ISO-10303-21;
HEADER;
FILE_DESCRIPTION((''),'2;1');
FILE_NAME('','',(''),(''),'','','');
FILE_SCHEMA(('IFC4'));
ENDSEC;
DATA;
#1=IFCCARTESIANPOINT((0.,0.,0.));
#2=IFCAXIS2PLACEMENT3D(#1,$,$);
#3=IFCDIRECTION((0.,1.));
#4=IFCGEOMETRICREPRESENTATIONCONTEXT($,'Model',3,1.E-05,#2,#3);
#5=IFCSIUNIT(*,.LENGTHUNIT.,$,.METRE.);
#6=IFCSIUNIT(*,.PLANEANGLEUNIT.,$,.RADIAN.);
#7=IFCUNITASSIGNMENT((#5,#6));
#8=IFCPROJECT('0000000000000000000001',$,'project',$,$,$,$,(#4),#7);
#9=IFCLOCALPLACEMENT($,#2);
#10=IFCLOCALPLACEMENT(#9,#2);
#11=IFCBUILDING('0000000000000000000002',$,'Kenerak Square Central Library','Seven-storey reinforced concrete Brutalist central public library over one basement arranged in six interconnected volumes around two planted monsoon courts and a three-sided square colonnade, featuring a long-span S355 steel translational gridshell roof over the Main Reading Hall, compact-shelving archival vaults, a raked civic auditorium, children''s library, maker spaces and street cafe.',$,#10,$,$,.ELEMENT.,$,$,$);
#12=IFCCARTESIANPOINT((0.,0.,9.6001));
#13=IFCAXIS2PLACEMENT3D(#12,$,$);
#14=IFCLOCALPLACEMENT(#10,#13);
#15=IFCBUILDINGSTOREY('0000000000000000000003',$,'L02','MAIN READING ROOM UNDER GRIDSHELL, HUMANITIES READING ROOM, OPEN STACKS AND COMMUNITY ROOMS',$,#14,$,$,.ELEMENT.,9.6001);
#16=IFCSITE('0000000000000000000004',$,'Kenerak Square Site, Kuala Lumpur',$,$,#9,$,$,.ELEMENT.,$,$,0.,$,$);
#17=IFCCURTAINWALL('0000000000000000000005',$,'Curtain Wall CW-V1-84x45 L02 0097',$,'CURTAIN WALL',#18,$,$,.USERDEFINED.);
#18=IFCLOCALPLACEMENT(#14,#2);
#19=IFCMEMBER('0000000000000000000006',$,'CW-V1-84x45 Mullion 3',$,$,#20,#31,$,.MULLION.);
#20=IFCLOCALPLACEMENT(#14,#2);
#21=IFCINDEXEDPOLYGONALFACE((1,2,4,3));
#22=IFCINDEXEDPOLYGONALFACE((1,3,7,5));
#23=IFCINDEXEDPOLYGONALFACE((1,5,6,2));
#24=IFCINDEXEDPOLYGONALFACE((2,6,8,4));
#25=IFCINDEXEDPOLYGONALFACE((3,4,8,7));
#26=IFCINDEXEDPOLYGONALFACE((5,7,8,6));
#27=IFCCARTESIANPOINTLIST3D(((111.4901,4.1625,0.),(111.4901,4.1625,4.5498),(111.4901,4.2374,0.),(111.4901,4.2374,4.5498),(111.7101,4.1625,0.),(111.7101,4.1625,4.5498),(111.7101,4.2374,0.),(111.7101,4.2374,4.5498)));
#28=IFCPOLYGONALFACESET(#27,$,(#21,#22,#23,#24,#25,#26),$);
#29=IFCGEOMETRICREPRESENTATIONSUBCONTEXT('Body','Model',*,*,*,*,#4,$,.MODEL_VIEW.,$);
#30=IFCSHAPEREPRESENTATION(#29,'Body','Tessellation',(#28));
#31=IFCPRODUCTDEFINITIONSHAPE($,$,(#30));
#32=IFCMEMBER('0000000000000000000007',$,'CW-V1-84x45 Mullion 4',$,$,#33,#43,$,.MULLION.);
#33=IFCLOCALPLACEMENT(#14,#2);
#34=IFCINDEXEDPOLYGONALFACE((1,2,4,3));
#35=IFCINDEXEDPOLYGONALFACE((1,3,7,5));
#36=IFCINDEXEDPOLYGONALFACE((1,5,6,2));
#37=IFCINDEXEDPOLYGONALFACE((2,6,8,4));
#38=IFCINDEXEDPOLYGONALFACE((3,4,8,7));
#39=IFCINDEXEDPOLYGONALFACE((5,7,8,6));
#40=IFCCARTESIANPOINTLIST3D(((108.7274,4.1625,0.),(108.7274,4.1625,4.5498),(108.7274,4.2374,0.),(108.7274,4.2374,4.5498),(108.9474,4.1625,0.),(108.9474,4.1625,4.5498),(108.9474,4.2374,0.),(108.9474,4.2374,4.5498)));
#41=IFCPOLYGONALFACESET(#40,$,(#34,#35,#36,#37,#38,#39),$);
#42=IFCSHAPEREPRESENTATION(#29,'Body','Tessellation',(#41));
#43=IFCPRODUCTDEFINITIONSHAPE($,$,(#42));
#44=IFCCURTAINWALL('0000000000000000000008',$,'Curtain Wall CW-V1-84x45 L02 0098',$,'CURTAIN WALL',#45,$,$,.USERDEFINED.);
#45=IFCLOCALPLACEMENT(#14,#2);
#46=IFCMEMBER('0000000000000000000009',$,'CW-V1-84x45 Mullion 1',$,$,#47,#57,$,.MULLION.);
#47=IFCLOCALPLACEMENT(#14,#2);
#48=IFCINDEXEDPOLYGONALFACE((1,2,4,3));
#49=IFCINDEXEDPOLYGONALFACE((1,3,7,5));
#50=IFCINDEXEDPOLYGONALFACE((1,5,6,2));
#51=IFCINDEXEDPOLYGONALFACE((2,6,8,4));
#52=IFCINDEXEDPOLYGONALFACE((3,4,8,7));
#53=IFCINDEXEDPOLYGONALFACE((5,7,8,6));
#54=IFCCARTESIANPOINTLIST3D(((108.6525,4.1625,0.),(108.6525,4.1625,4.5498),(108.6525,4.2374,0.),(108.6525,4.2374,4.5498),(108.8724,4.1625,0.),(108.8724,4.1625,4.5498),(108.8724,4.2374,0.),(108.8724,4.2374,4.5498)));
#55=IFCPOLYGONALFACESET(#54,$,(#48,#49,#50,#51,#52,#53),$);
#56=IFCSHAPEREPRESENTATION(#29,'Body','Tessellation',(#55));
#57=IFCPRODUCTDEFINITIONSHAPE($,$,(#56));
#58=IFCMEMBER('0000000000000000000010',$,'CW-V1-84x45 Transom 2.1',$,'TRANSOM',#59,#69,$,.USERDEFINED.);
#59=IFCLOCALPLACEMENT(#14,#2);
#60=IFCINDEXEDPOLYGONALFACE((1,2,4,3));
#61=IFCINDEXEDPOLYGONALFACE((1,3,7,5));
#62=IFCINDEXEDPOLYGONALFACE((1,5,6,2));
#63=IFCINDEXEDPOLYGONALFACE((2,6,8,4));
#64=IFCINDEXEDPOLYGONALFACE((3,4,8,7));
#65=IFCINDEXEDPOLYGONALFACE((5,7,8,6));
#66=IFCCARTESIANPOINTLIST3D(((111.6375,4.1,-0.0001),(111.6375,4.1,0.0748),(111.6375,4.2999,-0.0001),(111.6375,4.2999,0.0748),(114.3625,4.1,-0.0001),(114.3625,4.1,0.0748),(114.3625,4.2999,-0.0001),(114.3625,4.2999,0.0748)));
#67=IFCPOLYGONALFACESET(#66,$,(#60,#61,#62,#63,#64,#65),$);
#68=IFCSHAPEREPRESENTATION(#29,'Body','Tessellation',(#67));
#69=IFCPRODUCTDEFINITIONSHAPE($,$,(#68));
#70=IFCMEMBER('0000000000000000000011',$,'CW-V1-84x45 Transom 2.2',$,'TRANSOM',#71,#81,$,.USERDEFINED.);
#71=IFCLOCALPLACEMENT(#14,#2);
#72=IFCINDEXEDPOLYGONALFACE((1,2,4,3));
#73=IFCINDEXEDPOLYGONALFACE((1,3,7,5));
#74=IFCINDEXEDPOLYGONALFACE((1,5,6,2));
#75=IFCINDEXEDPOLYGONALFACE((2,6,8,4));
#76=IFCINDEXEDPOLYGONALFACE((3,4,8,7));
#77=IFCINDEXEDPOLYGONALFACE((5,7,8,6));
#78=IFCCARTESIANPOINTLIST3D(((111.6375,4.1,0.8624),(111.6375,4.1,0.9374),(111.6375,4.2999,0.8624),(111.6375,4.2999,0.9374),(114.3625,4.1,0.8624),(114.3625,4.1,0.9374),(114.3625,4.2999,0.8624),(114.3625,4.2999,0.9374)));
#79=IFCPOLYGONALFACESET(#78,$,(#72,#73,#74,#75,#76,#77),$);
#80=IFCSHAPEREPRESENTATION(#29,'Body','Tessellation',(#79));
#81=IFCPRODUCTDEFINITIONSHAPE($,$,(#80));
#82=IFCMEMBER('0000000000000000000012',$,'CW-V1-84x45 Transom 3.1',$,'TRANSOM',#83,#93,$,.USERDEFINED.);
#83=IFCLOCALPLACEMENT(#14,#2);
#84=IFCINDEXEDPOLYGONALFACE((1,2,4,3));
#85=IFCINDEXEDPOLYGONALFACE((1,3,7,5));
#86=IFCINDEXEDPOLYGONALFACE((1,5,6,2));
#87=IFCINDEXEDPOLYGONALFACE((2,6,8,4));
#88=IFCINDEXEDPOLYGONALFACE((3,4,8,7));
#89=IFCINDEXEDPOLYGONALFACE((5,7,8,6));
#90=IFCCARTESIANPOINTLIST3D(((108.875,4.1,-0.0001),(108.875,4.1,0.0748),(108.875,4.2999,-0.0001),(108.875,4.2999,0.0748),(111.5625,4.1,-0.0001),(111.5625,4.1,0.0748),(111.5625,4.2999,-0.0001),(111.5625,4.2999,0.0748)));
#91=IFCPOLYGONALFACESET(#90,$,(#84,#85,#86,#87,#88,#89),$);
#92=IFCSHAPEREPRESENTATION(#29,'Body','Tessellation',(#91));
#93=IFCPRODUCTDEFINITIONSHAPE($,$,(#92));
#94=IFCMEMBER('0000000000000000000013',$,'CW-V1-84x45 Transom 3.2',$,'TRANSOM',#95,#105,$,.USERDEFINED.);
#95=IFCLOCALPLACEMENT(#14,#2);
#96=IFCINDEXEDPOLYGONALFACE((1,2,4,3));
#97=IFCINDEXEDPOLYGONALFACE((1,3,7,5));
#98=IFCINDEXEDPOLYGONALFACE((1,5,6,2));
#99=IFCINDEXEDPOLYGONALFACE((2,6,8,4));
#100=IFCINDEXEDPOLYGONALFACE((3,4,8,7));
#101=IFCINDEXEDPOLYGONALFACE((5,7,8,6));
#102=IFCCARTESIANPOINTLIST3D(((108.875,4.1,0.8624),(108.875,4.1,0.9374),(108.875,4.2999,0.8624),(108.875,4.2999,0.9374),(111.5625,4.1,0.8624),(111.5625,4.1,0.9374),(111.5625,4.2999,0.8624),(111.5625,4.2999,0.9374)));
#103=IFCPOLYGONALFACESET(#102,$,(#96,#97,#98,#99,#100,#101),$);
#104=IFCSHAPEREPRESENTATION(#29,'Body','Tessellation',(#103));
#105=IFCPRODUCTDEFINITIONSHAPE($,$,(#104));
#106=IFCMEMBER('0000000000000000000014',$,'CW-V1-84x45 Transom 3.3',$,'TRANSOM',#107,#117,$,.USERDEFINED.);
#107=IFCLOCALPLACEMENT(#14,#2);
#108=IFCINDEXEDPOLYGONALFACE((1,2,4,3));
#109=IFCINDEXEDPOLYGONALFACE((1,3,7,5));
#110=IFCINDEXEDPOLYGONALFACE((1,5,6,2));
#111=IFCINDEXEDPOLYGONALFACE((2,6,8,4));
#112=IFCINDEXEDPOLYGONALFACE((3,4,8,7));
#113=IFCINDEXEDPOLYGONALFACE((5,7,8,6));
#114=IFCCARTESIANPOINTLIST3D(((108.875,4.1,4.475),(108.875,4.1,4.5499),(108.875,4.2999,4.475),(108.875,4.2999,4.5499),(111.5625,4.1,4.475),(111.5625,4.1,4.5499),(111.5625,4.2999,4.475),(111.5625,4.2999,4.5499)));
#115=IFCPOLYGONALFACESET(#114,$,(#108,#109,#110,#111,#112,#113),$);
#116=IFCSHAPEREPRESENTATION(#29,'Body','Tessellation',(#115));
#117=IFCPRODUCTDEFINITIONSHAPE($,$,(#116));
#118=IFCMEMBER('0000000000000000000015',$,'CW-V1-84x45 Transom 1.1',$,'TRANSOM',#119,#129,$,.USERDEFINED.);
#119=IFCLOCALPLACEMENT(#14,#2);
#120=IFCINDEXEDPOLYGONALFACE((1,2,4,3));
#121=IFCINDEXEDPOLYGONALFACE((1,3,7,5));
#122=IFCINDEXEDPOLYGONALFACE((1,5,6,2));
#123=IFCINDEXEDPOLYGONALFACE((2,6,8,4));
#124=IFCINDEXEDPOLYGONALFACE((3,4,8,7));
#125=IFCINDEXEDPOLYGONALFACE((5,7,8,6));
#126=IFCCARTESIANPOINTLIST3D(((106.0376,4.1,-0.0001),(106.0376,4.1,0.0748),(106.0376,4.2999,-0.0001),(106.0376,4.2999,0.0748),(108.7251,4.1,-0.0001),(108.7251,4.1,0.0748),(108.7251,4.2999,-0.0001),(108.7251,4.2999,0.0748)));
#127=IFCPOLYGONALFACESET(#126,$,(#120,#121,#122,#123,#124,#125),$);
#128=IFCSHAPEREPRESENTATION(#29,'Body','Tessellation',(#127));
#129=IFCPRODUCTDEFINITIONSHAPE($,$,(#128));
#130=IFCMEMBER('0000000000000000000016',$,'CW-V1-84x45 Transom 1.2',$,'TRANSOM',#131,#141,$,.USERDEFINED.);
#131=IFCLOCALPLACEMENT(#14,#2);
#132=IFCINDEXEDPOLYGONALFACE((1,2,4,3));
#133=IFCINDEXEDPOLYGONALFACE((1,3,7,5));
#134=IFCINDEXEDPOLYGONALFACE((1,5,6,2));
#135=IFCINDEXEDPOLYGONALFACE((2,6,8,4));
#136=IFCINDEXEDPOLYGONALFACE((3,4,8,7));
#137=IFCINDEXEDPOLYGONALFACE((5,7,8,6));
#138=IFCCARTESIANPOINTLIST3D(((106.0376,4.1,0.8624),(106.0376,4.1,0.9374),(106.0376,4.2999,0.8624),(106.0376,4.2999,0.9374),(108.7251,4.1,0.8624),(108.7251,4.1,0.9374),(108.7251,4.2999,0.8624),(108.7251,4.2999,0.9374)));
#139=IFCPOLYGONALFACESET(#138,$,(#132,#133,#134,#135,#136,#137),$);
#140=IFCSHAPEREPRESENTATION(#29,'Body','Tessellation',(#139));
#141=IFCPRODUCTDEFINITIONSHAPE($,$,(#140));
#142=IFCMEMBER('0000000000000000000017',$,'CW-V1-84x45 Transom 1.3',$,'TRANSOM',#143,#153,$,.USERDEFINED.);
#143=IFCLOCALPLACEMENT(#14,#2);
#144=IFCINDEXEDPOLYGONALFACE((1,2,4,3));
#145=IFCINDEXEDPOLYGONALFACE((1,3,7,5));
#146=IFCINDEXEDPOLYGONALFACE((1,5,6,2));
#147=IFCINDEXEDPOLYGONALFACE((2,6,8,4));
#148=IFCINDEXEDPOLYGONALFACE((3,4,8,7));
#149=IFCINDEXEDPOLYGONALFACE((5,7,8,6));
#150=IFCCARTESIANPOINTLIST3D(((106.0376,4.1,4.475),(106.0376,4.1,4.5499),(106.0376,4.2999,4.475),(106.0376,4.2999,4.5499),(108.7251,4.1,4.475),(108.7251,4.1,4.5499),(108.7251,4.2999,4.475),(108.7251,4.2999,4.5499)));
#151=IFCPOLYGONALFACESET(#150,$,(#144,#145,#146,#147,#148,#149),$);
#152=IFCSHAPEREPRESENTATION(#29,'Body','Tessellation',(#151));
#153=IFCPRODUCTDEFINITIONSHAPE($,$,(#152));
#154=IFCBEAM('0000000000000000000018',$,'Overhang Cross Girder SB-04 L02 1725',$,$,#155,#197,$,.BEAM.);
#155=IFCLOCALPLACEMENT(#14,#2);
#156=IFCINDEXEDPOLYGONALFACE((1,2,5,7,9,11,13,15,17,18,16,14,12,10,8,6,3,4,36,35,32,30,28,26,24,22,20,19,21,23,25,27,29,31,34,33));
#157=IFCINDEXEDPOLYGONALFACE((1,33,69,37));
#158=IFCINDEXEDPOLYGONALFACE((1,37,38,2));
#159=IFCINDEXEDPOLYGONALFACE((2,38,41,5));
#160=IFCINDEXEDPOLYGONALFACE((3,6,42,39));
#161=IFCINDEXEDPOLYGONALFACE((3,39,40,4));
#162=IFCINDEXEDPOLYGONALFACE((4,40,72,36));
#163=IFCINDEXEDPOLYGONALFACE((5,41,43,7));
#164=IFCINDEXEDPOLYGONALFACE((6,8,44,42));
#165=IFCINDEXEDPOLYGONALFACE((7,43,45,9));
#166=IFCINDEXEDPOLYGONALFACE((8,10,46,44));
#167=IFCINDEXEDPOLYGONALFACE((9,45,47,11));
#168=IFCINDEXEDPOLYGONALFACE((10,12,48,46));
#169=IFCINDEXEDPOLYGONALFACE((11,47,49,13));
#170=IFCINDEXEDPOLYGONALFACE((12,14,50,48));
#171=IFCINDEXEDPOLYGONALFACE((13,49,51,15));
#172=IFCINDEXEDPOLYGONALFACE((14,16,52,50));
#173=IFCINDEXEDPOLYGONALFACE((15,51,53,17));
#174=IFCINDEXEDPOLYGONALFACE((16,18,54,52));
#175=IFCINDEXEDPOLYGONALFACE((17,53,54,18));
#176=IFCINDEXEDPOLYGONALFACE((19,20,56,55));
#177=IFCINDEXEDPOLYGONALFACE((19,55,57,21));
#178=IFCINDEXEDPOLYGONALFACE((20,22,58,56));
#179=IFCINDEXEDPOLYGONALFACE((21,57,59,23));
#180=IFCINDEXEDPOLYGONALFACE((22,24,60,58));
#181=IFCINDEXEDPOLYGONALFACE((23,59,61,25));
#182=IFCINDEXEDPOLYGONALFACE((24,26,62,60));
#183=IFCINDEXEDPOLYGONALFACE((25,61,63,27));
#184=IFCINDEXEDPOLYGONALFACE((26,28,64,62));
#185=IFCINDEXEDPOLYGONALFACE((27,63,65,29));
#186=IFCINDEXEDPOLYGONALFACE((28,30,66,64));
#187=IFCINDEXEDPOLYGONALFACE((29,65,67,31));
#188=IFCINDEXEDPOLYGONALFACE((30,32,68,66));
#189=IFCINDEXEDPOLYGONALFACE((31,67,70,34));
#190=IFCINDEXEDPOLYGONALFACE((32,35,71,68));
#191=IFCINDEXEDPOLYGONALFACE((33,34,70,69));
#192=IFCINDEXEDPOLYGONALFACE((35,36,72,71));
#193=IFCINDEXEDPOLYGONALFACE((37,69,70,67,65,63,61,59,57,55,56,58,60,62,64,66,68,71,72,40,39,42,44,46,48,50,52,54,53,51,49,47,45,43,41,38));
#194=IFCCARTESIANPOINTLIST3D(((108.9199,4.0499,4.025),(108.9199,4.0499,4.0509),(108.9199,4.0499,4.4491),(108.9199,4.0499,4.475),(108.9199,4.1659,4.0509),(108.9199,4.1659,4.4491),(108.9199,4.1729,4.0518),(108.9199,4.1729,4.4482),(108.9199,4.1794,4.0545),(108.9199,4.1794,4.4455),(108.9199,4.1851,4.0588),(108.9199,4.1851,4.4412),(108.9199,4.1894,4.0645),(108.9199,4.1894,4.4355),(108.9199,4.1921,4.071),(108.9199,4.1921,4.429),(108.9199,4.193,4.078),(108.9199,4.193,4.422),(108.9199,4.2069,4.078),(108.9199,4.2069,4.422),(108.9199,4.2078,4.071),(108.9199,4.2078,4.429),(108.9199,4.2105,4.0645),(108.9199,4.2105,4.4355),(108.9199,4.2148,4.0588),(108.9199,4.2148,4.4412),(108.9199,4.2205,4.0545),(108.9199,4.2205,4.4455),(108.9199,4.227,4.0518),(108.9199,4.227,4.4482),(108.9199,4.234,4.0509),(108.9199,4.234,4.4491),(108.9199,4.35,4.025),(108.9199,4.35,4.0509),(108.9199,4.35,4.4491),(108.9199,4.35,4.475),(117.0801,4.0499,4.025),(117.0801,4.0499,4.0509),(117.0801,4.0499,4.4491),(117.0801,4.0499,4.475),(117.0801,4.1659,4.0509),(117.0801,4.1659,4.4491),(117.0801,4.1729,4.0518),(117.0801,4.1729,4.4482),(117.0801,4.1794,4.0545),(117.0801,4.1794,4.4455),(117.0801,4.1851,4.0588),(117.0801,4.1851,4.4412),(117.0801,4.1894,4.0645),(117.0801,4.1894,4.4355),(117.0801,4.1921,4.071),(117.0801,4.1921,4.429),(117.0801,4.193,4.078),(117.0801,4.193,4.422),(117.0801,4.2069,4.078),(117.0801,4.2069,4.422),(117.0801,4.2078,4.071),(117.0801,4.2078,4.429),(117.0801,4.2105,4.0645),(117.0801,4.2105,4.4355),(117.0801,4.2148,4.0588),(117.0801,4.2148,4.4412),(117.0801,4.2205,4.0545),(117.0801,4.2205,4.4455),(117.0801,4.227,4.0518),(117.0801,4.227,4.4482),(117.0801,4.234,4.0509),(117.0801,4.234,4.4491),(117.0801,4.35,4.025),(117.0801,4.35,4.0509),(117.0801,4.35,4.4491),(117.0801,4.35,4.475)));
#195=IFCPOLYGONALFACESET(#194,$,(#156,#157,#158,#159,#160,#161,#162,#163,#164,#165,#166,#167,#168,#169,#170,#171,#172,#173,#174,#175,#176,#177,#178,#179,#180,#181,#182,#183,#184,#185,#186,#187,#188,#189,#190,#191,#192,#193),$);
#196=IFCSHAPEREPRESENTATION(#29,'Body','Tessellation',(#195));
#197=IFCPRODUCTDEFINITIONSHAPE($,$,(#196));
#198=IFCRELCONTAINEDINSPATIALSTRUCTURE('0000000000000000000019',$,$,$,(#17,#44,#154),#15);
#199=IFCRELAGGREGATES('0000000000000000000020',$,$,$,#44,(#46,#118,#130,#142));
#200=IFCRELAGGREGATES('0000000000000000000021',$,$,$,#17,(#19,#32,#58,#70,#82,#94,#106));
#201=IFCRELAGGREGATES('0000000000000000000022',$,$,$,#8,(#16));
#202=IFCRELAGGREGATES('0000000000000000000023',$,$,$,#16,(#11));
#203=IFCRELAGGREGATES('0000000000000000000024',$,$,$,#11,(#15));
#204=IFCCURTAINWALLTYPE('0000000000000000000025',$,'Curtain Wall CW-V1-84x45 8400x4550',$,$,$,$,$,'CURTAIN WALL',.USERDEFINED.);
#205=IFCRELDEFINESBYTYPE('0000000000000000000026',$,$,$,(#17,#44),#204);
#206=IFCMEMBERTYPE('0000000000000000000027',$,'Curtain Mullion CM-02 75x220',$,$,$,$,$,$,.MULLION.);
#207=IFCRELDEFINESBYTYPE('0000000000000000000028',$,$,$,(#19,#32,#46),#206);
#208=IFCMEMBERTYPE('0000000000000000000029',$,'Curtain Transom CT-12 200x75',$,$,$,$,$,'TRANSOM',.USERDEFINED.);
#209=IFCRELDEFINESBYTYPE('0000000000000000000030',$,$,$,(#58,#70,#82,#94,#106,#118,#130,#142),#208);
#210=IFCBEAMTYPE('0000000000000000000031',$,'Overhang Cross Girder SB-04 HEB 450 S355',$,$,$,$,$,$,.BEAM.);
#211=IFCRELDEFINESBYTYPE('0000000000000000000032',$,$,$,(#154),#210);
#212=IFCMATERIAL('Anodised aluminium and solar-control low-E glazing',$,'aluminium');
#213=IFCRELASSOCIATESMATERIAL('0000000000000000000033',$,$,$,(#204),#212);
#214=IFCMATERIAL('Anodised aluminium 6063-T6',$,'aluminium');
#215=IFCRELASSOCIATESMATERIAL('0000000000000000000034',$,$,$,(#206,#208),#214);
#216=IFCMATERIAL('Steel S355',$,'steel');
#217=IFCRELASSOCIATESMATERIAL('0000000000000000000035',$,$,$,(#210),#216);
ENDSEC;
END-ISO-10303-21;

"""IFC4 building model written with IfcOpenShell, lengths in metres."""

from ifc_helpers import new_model, si_unit, direction, frame, origin, origin_2d, place, context, subcontext, project, spatial, rectangle, i_section, extrude, material, material_profile, profile_set, type_object, element, aggregate, save


model = new_model("IFC4")

# Units and contexts
model_context = context("Model", 3, precision=1e-05, world=origin(), true_north=direction((0.0, 1.0)))
body_context = subcontext(model_context, "Body", "Model", "MODEL_VIEW")
ifc_project = project(units=[si_unit("LENGTHUNIT", "METRE"), si_unit("PLANEANGLEUNIT", "RADIAN")], contexts=[model_context])

# Site, building, storey
site_placement = place(None, origin())
site = spatial("IfcSite", under=ifc_project, at=site_placement, Name="Kenerak Square Site, Kuala Lumpur", CompositionType="ELEMENT", RefElevation=0.0)
building_placement = place(site_placement, origin())
building = spatial("IfcBuilding", under=site, at=building_placement, Name="Kenerak Square Central Library", Description="Seven-storey reinforced concrete Brutalist central public library over one basement arranged in six interconnected volumes around two planted monsoon courts and a three-sided square colonnade, featuring a long-span S355 steel translational gridshell roof over the Main Reading Hall, compact-shelving archival vaults, a raked civic auditorium, children's library, maker spaces and street cafe.", CompositionType="ELEMENT")
storey_placement = place(building_placement, frame((0.0, 0.0, 9.6001)))
storey = spatial("IfcBuildingStorey", under=building, at=storey_placement, Name="L02", Description="MAIN READING ROOM UNDER GRIDSHELL, HUMANITIES READING ROOM, OPEN STACKS AND COMMUNITY ROOMS", CompositionType="ELEMENT", Elevation=9.6001)

# Curtain wall, members
ifc_material_1 = material(Name="Anodised aluminium and solar-control low-E glazing", Category="aluminium")
curtain_wall_type = type_object("IfcCurtainWallType", Name="Curtain Wall CW-V1-84x45 8400x4550", ElementType="CURTAIN WALL", PredefinedType="USERDEFINED", material=ifc_material_1)
curtain_wall_1_placement = place(storey_placement, origin())
curtain_wall_1 = element("IfcCurtainWall", 1, at=curtain_wall_1_placement, inside=storey, type_object=curtain_wall_type, Name="Curtain Wall CW-V1-84x45 L02 0097", ObjectType="CURTAIN WALL", PredefinedType="USERDEFINED")
ifc_material_2 = material(Name="Anodised aluminium 6063-T6", Category="aluminium")
ifc_material_profile_1 = material_profile(ifc_material_2, rectangle(XDim=0.075, YDim=0.22, at=origin_2d()), Name="AL MULLION 75x220")
ifc_profile_set_1 = profile_set([ifc_material_profile_1], Name="Anodised aluminium 6063-T6")
member_type_1 = type_object("IfcMemberType", Name="Curtain Mullion CM-02 75x220", PredefinedType="MULLION", material=ifc_profile_set_1)
member_1_placement = place(storey_placement, frame((111.6001, 4.2, 0.0), z_axis=(0.0, 0.0, 1.0), x_axis=(0.0, -1.0, 0.0)))
member_1 = element("IfcMember", 2, at=member_1_placement, type_object=member_type_1, Name="CW-V1-84x45 Mullion 3", PredefinedType="MULLION", context=body_context, shape_type="SweptSolid", body=[
    extrude(rectangle(XDim=0.075, YDim=0.22, at=origin_2d()), origin(), (0.0, 0.0, 1.0), 4.5498),
])
member_2_placement = place(storey_placement, frame((108.8374, 4.2, 0.0), z_axis=(0.0, 0.0, 1.0), x_axis=(0.0, -1.0, 0.0)))
member_2 = element("IfcMember", 3, at=member_2_placement, type_object=member_type_1, Name="CW-V1-84x45 Mullion 4", PredefinedType="MULLION", context=body_context, shape_type="SweptSolid", body=[
    extrude(rectangle(XDim=0.075, YDim=0.22, at=origin_2d()), origin(), (0.0, 0.0, 1.0), 4.5498),
])

# Curtain wall, member
curtain_wall_2_placement = place(storey_placement, origin())
curtain_wall_2 = element("IfcCurtainWall", 4, at=curtain_wall_2_placement, inside=storey, type_object=curtain_wall_type, Name="Curtain Wall CW-V1-84x45 L02 0098", ObjectType="CURTAIN WALL", PredefinedType="USERDEFINED")
member_3_placement = place(storey_placement, frame((108.7625, 4.2, 0.0), z_axis=(0.0, 0.0, 1.0), x_axis=(0.0, -1.0, 0.0)))
member_3 = element("IfcMember", 5, at=member_3_placement, type_object=member_type_1, Name="CW-V1-84x45 Mullion 1", PredefinedType="MULLION", context=body_context, shape_type="SweptSolid", body=[
    extrude(rectangle(XDim=0.075, YDim=0.22, at=origin_2d()), origin(), (0.0, 0.0, 1.0), 4.5498),
])

# Members
ifc_material_profile_2 = material_profile(ifc_material_2, rectangle(XDim=0.2, YDim=0.075, at=origin_2d()), Name="AL TRANSOM 200x75")
ifc_profile_set_2 = profile_set([ifc_material_profile_2], Name="Anodised aluminium 6063-T6")
member_type_2 = type_object("IfcMemberType", Name="Curtain Transom CT-12 200x75", ElementType="TRANSOM", PredefinedType="USERDEFINED", material=ifc_profile_set_2)
member_4_placement = place(storey_placement, frame((114.3625, 4.2, 0.0374), z_axis=(-1.0, 0.0, 0.0), x_axis=(0.0, -1.0, 0.0)))
member_4 = element("IfcMember", 6, at=member_4_placement, type_object=member_type_2, Name="CW-V1-84x45 Transom 2.1", ObjectType="TRANSOM", PredefinedType="USERDEFINED", context=body_context, shape_type="SweptSolid", body=[
    extrude(rectangle(XDim=0.2, YDim=0.075, at=origin_2d()), origin(), (0.0, 0.0, 1.0), 2.7251),
])
member_5_placement = place(storey_placement, frame((114.3625, 4.2, 0.8999), z_axis=(-1.0, 0.0, 0.0), x_axis=(0.0, -1.0, 0.0)))
member_5 = element("IfcMember", 7, at=member_5_placement, type_object=member_type_2, Name="CW-V1-84x45 Transom 2.2", ObjectType="TRANSOM", PredefinedType="USERDEFINED", context=body_context, shape_type="SweptSolid", body=[
    extrude(rectangle(XDim=0.2, YDim=0.075, at=origin_2d()), origin(), (0.0, 0.0, 1.0), 2.7251),
])
member_6_placement = place(storey_placement, frame((111.5625, 4.2, 0.0374), z_axis=(-1.0, 0.0, 0.0), x_axis=(0.0, -1.0, 0.0)))
member_6 = element("IfcMember", 8, at=member_6_placement, type_object=member_type_2, Name="CW-V1-84x45 Transom 3.1", ObjectType="TRANSOM", PredefinedType="USERDEFINED", context=body_context, shape_type="SweptSolid", body=[
    extrude(rectangle(XDim=0.2, YDim=0.075, at=origin_2d()), origin(), (0.0, 0.0, 1.0), 2.6875),
])
member_7_placement = place(storey_placement, frame((111.5625, 4.2, 0.8999), z_axis=(-1.0, 0.0, 0.0), x_axis=(0.0, -1.0, 0.0)))
member_7 = element("IfcMember", 9, at=member_7_placement, type_object=member_type_2, Name="CW-V1-84x45 Transom 3.2", ObjectType="TRANSOM", PredefinedType="USERDEFINED", context=body_context, shape_type="SweptSolid", body=[
    extrude(rectangle(XDim=0.2, YDim=0.075, at=origin_2d()), origin(), (0.0, 0.0, 1.0), 2.6875),
])
member_8_placement = place(storey_placement, frame((111.5625, 4.2, 4.5125), z_axis=(-1.0, 0.0, 0.0), x_axis=(0.0, -1.0, 0.0)))
member_8 = element("IfcMember", 10, at=member_8_placement, type_object=member_type_2, Name="CW-V1-84x45 Transom 3.3", ObjectType="TRANSOM", PredefinedType="USERDEFINED", context=body_context, shape_type="SweptSolid", body=[
    extrude(rectangle(XDim=0.2, YDim=0.075, at=origin_2d()), origin(), (0.0, 0.0, 1.0), 2.6875),
])
member_9_placement = place(storey_placement, frame((108.7251, 4.2, 0.0374), z_axis=(-1.0, 0.0, 0.0), x_axis=(0.0, -1.0, 0.0)))
member_9 = element("IfcMember", 11, at=member_9_placement, type_object=member_type_2, Name="CW-V1-84x45 Transom 1.1", ObjectType="TRANSOM", PredefinedType="USERDEFINED", context=body_context, shape_type="SweptSolid", body=[
    extrude(rectangle(XDim=0.2, YDim=0.075, at=origin_2d()), origin(), (0.0, 0.0, 1.0), 2.6875),
])
member_10_placement = place(storey_placement, frame((108.7251, 4.2, 0.8999), z_axis=(-1.0, 0.0, 0.0), x_axis=(0.0, -1.0, 0.0)))
member_10 = element("IfcMember", 12, at=member_10_placement, type_object=member_type_2, Name="CW-V1-84x45 Transom 1.2", ObjectType="TRANSOM", PredefinedType="USERDEFINED", context=body_context, shape_type="SweptSolid", body=[
    extrude(rectangle(XDim=0.2, YDim=0.075, at=origin_2d()), origin(), (0.0, 0.0, 1.0), 2.6875),
])
member_11_placement = place(storey_placement, frame((108.7251, 4.2, 4.5125), z_axis=(-1.0, 0.0, 0.0), x_axis=(0.0, -1.0, 0.0)))
member_11 = element("IfcMember", 13, at=member_11_placement, type_object=member_type_2, Name="CW-V1-84x45 Transom 1.3", ObjectType="TRANSOM", PredefinedType="USERDEFINED", context=body_context, shape_type="SweptSolid", body=[
    extrude(rectangle(XDim=0.2, YDim=0.075, at=origin_2d()), origin(), (0.0, 0.0, 1.0), 2.6875),
])
aggregate(curtain_wall_2, [member_3, member_9, member_10, member_11])

# Beam
ifc_material_3 = material(Name="Steel S355", Category="steel")
ifc_material_profile_3 = material_profile(ifc_material_3, i_section(OverallWidth=0.3, OverallDepth=0.45, WebThickness=0.0139, FlangeThickness=0.0259, FilletRadius=0.0271, at=origin_2d()), Name="HEB 450")
ifc_profile_set_3 = profile_set([ifc_material_profile_3], Name="Steel S355")
beam_type = type_object("IfcBeamType", Name="Overhang Cross Girder SB-04 HEB 450 S355", PredefinedType="BEAM", material=ifc_profile_set_3)
beam_placement = place(storey_placement, frame((108.9199, 4.2, 4.25), z_axis=(1.0, 0.0, 0.0), x_axis=(0.0, 1.0, 0.0)))
element("IfcBeam", 14, at=beam_placement, inside=storey, type_object=beam_type, Name="Overhang Cross Girder SB-04 L02 1725", PredefinedType="BEAM", context=body_context, shape_type="SweptSolid", body=[
    extrude(i_section(OverallWidth=0.3, OverallDepth=0.45, WebThickness=0.0139, FlangeThickness=0.0259, FilletRadius=0.0271, at=origin_2d()), origin(), (0.0, 0.0, 1.0), 8.1602),
])

aggregate(curtain_wall_1, [member_1, member_2, member_4, member_5, member_6, member_7, member_8])

save(model, "model.ifc")
